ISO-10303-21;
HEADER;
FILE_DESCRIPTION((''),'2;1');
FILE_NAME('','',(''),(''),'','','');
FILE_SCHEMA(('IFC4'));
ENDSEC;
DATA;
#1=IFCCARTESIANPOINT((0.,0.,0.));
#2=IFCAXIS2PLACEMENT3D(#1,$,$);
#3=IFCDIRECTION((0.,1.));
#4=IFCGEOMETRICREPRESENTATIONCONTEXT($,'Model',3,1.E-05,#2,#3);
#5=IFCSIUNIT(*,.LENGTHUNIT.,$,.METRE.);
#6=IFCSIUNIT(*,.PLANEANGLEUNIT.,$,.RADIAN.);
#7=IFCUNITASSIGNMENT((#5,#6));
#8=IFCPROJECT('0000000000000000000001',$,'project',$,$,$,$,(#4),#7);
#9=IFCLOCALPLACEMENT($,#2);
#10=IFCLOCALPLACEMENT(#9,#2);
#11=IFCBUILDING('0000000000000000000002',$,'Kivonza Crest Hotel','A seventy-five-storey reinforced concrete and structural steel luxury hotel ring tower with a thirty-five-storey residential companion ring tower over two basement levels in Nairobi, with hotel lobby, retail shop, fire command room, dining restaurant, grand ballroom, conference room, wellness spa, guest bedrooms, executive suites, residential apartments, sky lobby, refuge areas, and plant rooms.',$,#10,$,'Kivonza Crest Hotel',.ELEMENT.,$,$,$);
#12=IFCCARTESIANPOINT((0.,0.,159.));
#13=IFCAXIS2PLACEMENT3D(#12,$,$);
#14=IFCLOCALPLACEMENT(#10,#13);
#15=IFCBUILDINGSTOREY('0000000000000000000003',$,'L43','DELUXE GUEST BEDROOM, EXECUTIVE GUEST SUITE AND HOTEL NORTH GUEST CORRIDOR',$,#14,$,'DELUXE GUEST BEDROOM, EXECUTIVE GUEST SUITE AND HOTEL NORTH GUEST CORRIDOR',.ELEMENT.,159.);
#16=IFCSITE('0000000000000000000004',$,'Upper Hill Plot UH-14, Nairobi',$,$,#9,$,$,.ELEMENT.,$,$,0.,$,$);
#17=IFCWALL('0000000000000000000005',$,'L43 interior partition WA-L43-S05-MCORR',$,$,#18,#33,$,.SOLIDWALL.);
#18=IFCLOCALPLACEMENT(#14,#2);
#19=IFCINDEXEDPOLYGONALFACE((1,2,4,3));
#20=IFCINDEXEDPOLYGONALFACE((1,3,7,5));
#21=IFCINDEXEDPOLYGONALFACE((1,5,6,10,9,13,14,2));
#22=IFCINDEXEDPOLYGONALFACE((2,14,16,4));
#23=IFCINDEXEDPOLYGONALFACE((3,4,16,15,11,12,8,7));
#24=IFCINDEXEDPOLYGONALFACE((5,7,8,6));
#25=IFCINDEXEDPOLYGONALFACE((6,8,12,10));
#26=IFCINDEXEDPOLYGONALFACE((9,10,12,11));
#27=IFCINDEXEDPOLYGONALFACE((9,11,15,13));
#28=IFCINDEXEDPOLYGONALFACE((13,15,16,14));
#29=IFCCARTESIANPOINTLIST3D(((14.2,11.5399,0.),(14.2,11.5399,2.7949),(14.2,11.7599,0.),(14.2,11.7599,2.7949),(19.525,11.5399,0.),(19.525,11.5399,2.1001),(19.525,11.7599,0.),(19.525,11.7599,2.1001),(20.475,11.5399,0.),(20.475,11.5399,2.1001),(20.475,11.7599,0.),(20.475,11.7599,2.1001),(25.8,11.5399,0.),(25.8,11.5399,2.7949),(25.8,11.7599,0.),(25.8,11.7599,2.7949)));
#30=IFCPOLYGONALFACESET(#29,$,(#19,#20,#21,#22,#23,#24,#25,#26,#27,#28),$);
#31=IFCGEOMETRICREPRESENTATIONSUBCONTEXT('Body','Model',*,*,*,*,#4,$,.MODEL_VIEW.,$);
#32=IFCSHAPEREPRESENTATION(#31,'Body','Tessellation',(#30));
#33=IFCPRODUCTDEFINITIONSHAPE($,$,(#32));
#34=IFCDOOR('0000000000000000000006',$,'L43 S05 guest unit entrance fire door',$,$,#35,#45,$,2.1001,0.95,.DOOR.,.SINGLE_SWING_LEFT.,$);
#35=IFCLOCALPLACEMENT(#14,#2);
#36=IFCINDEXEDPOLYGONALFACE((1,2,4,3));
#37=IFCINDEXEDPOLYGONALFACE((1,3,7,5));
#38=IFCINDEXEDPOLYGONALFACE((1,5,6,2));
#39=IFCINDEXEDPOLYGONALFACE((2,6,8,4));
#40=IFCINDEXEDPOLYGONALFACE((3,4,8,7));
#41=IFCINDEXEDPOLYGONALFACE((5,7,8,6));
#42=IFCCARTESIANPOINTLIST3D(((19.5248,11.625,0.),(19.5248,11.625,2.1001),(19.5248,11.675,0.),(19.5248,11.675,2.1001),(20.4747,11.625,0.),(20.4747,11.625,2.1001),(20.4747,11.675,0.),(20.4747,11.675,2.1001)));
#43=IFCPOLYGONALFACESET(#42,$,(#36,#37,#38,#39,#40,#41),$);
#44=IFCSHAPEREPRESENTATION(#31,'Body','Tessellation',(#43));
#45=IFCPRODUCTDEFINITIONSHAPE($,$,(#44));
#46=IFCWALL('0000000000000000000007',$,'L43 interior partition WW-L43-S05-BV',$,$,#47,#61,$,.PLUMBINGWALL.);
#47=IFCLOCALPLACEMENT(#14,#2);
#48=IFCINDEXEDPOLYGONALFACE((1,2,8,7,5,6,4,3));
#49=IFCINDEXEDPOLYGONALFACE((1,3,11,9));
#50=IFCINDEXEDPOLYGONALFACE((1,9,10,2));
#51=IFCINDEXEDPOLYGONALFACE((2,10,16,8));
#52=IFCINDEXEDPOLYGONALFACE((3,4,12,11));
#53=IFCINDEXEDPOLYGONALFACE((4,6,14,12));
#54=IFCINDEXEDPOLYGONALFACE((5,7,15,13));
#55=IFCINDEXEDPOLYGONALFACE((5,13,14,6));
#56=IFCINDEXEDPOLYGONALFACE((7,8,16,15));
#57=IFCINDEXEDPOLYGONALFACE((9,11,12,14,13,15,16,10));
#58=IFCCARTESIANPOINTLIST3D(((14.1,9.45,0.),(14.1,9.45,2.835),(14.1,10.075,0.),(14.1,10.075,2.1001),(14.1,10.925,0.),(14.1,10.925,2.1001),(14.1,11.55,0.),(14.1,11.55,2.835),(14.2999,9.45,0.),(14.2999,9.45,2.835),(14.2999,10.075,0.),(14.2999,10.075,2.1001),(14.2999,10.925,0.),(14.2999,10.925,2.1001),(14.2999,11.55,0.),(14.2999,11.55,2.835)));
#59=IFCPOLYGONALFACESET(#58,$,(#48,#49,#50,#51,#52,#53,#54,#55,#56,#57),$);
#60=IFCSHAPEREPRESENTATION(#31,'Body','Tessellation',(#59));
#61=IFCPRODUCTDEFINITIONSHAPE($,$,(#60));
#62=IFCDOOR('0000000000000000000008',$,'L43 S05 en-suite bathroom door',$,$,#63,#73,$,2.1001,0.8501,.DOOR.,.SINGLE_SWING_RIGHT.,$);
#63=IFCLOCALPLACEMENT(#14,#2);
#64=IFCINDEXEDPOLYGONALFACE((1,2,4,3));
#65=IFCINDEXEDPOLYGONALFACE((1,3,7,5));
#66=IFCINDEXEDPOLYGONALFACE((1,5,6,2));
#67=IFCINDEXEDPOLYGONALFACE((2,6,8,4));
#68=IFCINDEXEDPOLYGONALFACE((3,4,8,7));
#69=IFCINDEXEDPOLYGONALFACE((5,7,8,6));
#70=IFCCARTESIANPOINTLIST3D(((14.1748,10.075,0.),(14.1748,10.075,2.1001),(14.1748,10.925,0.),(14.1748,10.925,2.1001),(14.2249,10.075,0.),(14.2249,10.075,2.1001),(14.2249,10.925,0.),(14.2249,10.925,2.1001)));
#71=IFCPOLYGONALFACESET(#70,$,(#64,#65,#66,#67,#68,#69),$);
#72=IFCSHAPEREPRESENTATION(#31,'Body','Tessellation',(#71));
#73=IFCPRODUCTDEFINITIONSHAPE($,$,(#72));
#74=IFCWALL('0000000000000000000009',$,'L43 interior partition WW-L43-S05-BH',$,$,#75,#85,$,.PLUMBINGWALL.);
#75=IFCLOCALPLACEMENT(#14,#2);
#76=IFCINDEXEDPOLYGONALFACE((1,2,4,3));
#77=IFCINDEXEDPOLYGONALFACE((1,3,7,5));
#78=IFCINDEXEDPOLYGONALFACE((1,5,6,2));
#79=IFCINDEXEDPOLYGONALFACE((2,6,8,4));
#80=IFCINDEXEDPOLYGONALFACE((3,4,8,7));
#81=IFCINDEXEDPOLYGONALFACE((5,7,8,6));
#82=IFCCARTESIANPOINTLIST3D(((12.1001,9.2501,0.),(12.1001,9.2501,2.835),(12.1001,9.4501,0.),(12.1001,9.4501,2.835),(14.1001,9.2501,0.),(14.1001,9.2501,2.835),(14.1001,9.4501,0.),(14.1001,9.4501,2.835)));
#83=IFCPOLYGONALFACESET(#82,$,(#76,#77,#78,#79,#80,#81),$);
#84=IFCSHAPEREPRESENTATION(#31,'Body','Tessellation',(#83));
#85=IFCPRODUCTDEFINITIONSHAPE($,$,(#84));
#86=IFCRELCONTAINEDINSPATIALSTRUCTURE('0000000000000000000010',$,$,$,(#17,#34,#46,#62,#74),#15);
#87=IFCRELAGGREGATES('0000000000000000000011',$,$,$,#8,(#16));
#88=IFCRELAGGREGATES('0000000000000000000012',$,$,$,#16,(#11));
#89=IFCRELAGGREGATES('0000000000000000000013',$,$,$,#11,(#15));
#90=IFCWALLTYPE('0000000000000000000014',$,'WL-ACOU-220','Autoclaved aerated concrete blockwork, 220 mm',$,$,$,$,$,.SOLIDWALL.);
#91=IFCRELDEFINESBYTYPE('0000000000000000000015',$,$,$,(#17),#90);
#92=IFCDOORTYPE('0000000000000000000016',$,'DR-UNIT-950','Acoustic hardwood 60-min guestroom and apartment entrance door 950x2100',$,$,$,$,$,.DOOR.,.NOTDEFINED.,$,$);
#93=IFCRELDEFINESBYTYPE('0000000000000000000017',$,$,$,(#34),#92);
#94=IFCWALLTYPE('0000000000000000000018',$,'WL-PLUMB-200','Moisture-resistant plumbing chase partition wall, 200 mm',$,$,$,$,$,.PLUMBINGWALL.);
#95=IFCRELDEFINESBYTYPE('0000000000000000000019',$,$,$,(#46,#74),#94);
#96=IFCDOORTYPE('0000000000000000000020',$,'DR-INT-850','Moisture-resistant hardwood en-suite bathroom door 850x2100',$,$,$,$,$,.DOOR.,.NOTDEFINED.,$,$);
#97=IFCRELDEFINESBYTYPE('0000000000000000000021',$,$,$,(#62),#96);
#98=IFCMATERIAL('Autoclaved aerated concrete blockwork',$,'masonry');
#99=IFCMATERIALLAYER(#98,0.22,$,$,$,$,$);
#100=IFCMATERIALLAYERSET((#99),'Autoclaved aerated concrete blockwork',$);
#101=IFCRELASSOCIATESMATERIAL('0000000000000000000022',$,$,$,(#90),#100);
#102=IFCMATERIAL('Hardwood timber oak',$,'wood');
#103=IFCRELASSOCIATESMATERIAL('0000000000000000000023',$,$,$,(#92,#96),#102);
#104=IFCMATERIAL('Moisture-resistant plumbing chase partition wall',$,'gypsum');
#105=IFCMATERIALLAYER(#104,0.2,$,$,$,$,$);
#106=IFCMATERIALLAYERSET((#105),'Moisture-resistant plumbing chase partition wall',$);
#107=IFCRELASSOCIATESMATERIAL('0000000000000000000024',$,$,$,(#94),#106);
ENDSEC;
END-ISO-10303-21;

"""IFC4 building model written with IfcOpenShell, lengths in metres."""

from ifc_helpers import new_model, si_unit, direction, frame, frame_2d, origin, place, context, subcontext, project, spatial, rectangle, extrude, material, layer, layer_set, type_object, element, fill, save


model = new_model("IFC4")

# Units and contexts
model_context = context("Model", 3, precision=1e-05, world=origin(), true_north=direction((0.0, 1.0)))
body_context = subcontext(model_context, "Body", "Model", "MODEL_VIEW")
ifc_project = project(units=[si_unit("LENGTHUNIT", "METRE"), si_unit("PLANEANGLEUNIT", "RADIAN")], contexts=[model_context])

# Site, building, storey
site_placement = place(None, origin())
site = spatial("IfcSite", under=ifc_project, at=site_placement, Name="Upper Hill Plot UH-14, Nairobi", CompositionType="ELEMENT", RefElevation=0.0)
building_placement = place(site_placement, origin())
building = spatial("IfcBuilding", under=site, at=building_placement, Name="Kivonza Crest Hotel", Description="A seventy-five-storey reinforced concrete and structural steel luxury hotel ring tower with a thirty-five-storey residential companion ring tower over two basement levels in Nairobi, with hotel lobby, retail shop, fire command room, dining restaurant, grand ballroom, conference room, wellness spa, guest bedrooms, executive suites, residential apartments, sky lobby, refuge areas, and plant rooms.", LongName="Kivonza Crest Hotel", CompositionType="ELEMENT")
storey_placement = place(building_placement, frame((0.0, 0.0, 159.0)))
storey = spatial("IfcBuildingStorey", under=building, at=storey_placement, Name="L43", Description="DELUXE GUEST BEDROOM, EXECUTIVE GUEST SUITE AND HOTEL NORTH GUEST CORRIDOR", LongName="DELUXE GUEST BEDROOM, EXECUTIVE GUEST SUITE AND HOTEL NORTH GUEST CORRIDOR", CompositionType="ELEMENT", Elevation=159.0)

# Shared definitions
ifc_material_1 = material(Name="Autoclaved aerated concrete blockwork", Category="masonry")
ifc_layer_1 = layer(ifc_material_1, 0.22)
ifc_layer_set_1 = layer_set([ifc_layer_1], Name="Autoclaved aerated concrete blockwork")
wall_type_1 = type_object("IfcWallType", Name="WL-ACOU-220", Description="Autoclaved aerated concrete blockwork, 220 mm", PredefinedType="SOLIDWALL", material=ifc_layer_set_1)

# Walls, openings, doors
wall_1_placement = place(storey_placement, frame((14.2, 11.6499, 0.0), z_axis=(0.0, 0.0, 1.0), x_axis=(1.0, 0.0, 0.0)))
wall_1 = element("IfcWall", 1, at=wall_1_placement, inside=storey, type_object=wall_type_1, Name="L43 interior partition WA-L43-S05-MCORR", PredefinedType="SOLIDWALL", context=body_context, shape_type="SweptSolid", body=[
    extrude(rectangle(XDim=11.6001, YDim=0.22, at=frame_2d((5.8, 0.0))), origin(), (0.0, 0.0, 1.0), 2.7949),
])
opening_1_placement = place(wall_1_placement, frame((5.325, 0.0, 0.0)))
opening_1 = element("IfcOpeningElement", 2, at=opening_1_placement, cuts=wall_1, PredefinedType="OPENING", context=body_context, shape_type="SweptSolid", body=[
    extrude(rectangle(XDim=0.95, YDim=2.1001, at=frame_2d((0.4751, 1.05))), frame((0.0, 0.1201, 0.0), z_axis=(0.0, -1.0, 0.0), x_axis=(1.0, 0.0, 0.0)), (0.0, 0.0, 1.0), 0.24),
])
ifc_material_2 = material(Name="Hardwood timber oak", Category="wood")
door_type_1 = type_object("IfcDoorType", Name="DR-UNIT-950", Description="Acoustic hardwood 60-min guestroom and apartment entrance door 950x2100", OperationType="NOTDEFINED", PredefinedType="DOOR", material=ifc_material_2)
door_1_placement = place(opening_1_placement, frame((0.95, 0.0, 0.0), z_axis=(0.0, 0.0, 1.0), x_axis=(-1.0, 0.0, 0.0)))
door_1 = element("IfcDoor", 3, at=door_1_placement, inside=storey, type_object=door_type_1, Name="L43 S05 guest unit entrance fire door", OperationType="SINGLE_SWING_LEFT", OverallHeight=2.1001, OverallWidth=0.95, PredefinedType="DOOR", context=body_context, shape_type="SweptSolid", body=[
    extrude(rectangle(XDim=0.95, YDim=2.1001, at=frame_2d((0.4751, 1.05))), frame((0.0, 0.0249, 0.0), z_axis=(0.0, -1.0, 0.0), x_axis=(1.0, 0.0, 0.0)), (0.0, 0.0, 1.0), 0.05),
])
fill(opening_1, door_1)
ifc_material_3 = material(Name="Moisture-resistant plumbing chase partition wall", Category="gypsum")
ifc_layer_2 = layer(ifc_material_3, 0.2)
ifc_layer_set_2 = layer_set([ifc_layer_2], Name="Moisture-resistant plumbing chase partition wall")
wall_type_2 = type_object("IfcWallType", Name="WL-PLUMB-200", Description="Moisture-resistant plumbing chase partition wall, 200 mm", PredefinedType="PLUMBINGWALL", material=ifc_layer_set_2)
wall_2_placement = place(storey_placement, frame((14.2, 9.45, 0.0), z_axis=(0.0, 0.0, 1.0), x_axis=(0.0, 1.0, 0.0)))
wall_2 = element("IfcWall", 4, at=wall_2_placement, inside=storey, type_object=wall_type_2, Name="L43 interior partition WW-L43-S05-BV", PredefinedType="PLUMBINGWALL", context=body_context, shape_type="SweptSolid", body=[
    extrude(rectangle(XDim=2.1001, YDim=0.2, at=frame_2d((1.05, 0.0))), origin(), (0.0, 0.0, 1.0), 2.835),
])
opening_2_placement = place(wall_2_placement, frame((0.625, 0.0, 0.0)))
opening_2 = element("IfcOpeningElement", 5, at=opening_2_placement, cuts=wall_2, PredefinedType="OPENING", context=body_context, shape_type="SweptSolid", body=[
    extrude(rectangle(XDim=0.8501, YDim=2.1001, at=frame_2d((0.425, 1.05))), frame((0.0, 0.1099, 0.0), z_axis=(0.0, -1.0, 0.0), x_axis=(1.0, 0.0, 0.0)), (0.0, 0.0, 1.0), 0.22),
])
door_type_2 = type_object("IfcDoorType", Name="DR-INT-850", Description="Moisture-resistant hardwood en-suite bathroom door 850x2100", OperationType="NOTDEFINED", PredefinedType="DOOR", material=ifc_material_2)
door_2_placement = place(opening_2_placement, frame((0.8501, 0.0, 0.0), z_axis=(0.0, 0.0, 1.0), x_axis=(-1.0, 0.0, 0.0)))
door_2 = element("IfcDoor", 6, at=door_2_placement, inside=storey, type_object=door_type_2, Name="L43 S05 en-suite bathroom door", OperationType="SINGLE_SWING_RIGHT", OverallHeight=2.1001, OverallWidth=0.8501, PredefinedType="DOOR", context=body_context, shape_type="SweptSolid", body=[
    extrude(rectangle(XDim=0.8501, YDim=2.1001, at=frame_2d((0.425, 1.05))), frame((0.0, 0.0249, 0.0), z_axis=(0.0, -1.0, 0.0), x_axis=(1.0, 0.0, 0.0)), (0.0, 0.0, 1.0), 0.05),
])
fill(opening_2, door_2)

# Wall
wall_3_placement = place(storey_placement, frame((12.1001, 9.3501, 0.0), z_axis=(0.0, 0.0, 1.0), x_axis=(1.0, 0.0, 0.0)))
element("IfcWall", 7, at=wall_3_placement, inside=storey, type_object=wall_type_2, Name="L43 interior partition WW-L43-S05-BH", PredefinedType="PLUMBINGWALL", context=body_context, shape_type="SweptSolid", body=[
    extrude(rectangle(XDim=2.0, YDim=0.2, at=frame_2d((1.0, 0.0))), origin(), (0.0, 0.0, 1.0), 2.835),
])

save(model, "model.ifc")
